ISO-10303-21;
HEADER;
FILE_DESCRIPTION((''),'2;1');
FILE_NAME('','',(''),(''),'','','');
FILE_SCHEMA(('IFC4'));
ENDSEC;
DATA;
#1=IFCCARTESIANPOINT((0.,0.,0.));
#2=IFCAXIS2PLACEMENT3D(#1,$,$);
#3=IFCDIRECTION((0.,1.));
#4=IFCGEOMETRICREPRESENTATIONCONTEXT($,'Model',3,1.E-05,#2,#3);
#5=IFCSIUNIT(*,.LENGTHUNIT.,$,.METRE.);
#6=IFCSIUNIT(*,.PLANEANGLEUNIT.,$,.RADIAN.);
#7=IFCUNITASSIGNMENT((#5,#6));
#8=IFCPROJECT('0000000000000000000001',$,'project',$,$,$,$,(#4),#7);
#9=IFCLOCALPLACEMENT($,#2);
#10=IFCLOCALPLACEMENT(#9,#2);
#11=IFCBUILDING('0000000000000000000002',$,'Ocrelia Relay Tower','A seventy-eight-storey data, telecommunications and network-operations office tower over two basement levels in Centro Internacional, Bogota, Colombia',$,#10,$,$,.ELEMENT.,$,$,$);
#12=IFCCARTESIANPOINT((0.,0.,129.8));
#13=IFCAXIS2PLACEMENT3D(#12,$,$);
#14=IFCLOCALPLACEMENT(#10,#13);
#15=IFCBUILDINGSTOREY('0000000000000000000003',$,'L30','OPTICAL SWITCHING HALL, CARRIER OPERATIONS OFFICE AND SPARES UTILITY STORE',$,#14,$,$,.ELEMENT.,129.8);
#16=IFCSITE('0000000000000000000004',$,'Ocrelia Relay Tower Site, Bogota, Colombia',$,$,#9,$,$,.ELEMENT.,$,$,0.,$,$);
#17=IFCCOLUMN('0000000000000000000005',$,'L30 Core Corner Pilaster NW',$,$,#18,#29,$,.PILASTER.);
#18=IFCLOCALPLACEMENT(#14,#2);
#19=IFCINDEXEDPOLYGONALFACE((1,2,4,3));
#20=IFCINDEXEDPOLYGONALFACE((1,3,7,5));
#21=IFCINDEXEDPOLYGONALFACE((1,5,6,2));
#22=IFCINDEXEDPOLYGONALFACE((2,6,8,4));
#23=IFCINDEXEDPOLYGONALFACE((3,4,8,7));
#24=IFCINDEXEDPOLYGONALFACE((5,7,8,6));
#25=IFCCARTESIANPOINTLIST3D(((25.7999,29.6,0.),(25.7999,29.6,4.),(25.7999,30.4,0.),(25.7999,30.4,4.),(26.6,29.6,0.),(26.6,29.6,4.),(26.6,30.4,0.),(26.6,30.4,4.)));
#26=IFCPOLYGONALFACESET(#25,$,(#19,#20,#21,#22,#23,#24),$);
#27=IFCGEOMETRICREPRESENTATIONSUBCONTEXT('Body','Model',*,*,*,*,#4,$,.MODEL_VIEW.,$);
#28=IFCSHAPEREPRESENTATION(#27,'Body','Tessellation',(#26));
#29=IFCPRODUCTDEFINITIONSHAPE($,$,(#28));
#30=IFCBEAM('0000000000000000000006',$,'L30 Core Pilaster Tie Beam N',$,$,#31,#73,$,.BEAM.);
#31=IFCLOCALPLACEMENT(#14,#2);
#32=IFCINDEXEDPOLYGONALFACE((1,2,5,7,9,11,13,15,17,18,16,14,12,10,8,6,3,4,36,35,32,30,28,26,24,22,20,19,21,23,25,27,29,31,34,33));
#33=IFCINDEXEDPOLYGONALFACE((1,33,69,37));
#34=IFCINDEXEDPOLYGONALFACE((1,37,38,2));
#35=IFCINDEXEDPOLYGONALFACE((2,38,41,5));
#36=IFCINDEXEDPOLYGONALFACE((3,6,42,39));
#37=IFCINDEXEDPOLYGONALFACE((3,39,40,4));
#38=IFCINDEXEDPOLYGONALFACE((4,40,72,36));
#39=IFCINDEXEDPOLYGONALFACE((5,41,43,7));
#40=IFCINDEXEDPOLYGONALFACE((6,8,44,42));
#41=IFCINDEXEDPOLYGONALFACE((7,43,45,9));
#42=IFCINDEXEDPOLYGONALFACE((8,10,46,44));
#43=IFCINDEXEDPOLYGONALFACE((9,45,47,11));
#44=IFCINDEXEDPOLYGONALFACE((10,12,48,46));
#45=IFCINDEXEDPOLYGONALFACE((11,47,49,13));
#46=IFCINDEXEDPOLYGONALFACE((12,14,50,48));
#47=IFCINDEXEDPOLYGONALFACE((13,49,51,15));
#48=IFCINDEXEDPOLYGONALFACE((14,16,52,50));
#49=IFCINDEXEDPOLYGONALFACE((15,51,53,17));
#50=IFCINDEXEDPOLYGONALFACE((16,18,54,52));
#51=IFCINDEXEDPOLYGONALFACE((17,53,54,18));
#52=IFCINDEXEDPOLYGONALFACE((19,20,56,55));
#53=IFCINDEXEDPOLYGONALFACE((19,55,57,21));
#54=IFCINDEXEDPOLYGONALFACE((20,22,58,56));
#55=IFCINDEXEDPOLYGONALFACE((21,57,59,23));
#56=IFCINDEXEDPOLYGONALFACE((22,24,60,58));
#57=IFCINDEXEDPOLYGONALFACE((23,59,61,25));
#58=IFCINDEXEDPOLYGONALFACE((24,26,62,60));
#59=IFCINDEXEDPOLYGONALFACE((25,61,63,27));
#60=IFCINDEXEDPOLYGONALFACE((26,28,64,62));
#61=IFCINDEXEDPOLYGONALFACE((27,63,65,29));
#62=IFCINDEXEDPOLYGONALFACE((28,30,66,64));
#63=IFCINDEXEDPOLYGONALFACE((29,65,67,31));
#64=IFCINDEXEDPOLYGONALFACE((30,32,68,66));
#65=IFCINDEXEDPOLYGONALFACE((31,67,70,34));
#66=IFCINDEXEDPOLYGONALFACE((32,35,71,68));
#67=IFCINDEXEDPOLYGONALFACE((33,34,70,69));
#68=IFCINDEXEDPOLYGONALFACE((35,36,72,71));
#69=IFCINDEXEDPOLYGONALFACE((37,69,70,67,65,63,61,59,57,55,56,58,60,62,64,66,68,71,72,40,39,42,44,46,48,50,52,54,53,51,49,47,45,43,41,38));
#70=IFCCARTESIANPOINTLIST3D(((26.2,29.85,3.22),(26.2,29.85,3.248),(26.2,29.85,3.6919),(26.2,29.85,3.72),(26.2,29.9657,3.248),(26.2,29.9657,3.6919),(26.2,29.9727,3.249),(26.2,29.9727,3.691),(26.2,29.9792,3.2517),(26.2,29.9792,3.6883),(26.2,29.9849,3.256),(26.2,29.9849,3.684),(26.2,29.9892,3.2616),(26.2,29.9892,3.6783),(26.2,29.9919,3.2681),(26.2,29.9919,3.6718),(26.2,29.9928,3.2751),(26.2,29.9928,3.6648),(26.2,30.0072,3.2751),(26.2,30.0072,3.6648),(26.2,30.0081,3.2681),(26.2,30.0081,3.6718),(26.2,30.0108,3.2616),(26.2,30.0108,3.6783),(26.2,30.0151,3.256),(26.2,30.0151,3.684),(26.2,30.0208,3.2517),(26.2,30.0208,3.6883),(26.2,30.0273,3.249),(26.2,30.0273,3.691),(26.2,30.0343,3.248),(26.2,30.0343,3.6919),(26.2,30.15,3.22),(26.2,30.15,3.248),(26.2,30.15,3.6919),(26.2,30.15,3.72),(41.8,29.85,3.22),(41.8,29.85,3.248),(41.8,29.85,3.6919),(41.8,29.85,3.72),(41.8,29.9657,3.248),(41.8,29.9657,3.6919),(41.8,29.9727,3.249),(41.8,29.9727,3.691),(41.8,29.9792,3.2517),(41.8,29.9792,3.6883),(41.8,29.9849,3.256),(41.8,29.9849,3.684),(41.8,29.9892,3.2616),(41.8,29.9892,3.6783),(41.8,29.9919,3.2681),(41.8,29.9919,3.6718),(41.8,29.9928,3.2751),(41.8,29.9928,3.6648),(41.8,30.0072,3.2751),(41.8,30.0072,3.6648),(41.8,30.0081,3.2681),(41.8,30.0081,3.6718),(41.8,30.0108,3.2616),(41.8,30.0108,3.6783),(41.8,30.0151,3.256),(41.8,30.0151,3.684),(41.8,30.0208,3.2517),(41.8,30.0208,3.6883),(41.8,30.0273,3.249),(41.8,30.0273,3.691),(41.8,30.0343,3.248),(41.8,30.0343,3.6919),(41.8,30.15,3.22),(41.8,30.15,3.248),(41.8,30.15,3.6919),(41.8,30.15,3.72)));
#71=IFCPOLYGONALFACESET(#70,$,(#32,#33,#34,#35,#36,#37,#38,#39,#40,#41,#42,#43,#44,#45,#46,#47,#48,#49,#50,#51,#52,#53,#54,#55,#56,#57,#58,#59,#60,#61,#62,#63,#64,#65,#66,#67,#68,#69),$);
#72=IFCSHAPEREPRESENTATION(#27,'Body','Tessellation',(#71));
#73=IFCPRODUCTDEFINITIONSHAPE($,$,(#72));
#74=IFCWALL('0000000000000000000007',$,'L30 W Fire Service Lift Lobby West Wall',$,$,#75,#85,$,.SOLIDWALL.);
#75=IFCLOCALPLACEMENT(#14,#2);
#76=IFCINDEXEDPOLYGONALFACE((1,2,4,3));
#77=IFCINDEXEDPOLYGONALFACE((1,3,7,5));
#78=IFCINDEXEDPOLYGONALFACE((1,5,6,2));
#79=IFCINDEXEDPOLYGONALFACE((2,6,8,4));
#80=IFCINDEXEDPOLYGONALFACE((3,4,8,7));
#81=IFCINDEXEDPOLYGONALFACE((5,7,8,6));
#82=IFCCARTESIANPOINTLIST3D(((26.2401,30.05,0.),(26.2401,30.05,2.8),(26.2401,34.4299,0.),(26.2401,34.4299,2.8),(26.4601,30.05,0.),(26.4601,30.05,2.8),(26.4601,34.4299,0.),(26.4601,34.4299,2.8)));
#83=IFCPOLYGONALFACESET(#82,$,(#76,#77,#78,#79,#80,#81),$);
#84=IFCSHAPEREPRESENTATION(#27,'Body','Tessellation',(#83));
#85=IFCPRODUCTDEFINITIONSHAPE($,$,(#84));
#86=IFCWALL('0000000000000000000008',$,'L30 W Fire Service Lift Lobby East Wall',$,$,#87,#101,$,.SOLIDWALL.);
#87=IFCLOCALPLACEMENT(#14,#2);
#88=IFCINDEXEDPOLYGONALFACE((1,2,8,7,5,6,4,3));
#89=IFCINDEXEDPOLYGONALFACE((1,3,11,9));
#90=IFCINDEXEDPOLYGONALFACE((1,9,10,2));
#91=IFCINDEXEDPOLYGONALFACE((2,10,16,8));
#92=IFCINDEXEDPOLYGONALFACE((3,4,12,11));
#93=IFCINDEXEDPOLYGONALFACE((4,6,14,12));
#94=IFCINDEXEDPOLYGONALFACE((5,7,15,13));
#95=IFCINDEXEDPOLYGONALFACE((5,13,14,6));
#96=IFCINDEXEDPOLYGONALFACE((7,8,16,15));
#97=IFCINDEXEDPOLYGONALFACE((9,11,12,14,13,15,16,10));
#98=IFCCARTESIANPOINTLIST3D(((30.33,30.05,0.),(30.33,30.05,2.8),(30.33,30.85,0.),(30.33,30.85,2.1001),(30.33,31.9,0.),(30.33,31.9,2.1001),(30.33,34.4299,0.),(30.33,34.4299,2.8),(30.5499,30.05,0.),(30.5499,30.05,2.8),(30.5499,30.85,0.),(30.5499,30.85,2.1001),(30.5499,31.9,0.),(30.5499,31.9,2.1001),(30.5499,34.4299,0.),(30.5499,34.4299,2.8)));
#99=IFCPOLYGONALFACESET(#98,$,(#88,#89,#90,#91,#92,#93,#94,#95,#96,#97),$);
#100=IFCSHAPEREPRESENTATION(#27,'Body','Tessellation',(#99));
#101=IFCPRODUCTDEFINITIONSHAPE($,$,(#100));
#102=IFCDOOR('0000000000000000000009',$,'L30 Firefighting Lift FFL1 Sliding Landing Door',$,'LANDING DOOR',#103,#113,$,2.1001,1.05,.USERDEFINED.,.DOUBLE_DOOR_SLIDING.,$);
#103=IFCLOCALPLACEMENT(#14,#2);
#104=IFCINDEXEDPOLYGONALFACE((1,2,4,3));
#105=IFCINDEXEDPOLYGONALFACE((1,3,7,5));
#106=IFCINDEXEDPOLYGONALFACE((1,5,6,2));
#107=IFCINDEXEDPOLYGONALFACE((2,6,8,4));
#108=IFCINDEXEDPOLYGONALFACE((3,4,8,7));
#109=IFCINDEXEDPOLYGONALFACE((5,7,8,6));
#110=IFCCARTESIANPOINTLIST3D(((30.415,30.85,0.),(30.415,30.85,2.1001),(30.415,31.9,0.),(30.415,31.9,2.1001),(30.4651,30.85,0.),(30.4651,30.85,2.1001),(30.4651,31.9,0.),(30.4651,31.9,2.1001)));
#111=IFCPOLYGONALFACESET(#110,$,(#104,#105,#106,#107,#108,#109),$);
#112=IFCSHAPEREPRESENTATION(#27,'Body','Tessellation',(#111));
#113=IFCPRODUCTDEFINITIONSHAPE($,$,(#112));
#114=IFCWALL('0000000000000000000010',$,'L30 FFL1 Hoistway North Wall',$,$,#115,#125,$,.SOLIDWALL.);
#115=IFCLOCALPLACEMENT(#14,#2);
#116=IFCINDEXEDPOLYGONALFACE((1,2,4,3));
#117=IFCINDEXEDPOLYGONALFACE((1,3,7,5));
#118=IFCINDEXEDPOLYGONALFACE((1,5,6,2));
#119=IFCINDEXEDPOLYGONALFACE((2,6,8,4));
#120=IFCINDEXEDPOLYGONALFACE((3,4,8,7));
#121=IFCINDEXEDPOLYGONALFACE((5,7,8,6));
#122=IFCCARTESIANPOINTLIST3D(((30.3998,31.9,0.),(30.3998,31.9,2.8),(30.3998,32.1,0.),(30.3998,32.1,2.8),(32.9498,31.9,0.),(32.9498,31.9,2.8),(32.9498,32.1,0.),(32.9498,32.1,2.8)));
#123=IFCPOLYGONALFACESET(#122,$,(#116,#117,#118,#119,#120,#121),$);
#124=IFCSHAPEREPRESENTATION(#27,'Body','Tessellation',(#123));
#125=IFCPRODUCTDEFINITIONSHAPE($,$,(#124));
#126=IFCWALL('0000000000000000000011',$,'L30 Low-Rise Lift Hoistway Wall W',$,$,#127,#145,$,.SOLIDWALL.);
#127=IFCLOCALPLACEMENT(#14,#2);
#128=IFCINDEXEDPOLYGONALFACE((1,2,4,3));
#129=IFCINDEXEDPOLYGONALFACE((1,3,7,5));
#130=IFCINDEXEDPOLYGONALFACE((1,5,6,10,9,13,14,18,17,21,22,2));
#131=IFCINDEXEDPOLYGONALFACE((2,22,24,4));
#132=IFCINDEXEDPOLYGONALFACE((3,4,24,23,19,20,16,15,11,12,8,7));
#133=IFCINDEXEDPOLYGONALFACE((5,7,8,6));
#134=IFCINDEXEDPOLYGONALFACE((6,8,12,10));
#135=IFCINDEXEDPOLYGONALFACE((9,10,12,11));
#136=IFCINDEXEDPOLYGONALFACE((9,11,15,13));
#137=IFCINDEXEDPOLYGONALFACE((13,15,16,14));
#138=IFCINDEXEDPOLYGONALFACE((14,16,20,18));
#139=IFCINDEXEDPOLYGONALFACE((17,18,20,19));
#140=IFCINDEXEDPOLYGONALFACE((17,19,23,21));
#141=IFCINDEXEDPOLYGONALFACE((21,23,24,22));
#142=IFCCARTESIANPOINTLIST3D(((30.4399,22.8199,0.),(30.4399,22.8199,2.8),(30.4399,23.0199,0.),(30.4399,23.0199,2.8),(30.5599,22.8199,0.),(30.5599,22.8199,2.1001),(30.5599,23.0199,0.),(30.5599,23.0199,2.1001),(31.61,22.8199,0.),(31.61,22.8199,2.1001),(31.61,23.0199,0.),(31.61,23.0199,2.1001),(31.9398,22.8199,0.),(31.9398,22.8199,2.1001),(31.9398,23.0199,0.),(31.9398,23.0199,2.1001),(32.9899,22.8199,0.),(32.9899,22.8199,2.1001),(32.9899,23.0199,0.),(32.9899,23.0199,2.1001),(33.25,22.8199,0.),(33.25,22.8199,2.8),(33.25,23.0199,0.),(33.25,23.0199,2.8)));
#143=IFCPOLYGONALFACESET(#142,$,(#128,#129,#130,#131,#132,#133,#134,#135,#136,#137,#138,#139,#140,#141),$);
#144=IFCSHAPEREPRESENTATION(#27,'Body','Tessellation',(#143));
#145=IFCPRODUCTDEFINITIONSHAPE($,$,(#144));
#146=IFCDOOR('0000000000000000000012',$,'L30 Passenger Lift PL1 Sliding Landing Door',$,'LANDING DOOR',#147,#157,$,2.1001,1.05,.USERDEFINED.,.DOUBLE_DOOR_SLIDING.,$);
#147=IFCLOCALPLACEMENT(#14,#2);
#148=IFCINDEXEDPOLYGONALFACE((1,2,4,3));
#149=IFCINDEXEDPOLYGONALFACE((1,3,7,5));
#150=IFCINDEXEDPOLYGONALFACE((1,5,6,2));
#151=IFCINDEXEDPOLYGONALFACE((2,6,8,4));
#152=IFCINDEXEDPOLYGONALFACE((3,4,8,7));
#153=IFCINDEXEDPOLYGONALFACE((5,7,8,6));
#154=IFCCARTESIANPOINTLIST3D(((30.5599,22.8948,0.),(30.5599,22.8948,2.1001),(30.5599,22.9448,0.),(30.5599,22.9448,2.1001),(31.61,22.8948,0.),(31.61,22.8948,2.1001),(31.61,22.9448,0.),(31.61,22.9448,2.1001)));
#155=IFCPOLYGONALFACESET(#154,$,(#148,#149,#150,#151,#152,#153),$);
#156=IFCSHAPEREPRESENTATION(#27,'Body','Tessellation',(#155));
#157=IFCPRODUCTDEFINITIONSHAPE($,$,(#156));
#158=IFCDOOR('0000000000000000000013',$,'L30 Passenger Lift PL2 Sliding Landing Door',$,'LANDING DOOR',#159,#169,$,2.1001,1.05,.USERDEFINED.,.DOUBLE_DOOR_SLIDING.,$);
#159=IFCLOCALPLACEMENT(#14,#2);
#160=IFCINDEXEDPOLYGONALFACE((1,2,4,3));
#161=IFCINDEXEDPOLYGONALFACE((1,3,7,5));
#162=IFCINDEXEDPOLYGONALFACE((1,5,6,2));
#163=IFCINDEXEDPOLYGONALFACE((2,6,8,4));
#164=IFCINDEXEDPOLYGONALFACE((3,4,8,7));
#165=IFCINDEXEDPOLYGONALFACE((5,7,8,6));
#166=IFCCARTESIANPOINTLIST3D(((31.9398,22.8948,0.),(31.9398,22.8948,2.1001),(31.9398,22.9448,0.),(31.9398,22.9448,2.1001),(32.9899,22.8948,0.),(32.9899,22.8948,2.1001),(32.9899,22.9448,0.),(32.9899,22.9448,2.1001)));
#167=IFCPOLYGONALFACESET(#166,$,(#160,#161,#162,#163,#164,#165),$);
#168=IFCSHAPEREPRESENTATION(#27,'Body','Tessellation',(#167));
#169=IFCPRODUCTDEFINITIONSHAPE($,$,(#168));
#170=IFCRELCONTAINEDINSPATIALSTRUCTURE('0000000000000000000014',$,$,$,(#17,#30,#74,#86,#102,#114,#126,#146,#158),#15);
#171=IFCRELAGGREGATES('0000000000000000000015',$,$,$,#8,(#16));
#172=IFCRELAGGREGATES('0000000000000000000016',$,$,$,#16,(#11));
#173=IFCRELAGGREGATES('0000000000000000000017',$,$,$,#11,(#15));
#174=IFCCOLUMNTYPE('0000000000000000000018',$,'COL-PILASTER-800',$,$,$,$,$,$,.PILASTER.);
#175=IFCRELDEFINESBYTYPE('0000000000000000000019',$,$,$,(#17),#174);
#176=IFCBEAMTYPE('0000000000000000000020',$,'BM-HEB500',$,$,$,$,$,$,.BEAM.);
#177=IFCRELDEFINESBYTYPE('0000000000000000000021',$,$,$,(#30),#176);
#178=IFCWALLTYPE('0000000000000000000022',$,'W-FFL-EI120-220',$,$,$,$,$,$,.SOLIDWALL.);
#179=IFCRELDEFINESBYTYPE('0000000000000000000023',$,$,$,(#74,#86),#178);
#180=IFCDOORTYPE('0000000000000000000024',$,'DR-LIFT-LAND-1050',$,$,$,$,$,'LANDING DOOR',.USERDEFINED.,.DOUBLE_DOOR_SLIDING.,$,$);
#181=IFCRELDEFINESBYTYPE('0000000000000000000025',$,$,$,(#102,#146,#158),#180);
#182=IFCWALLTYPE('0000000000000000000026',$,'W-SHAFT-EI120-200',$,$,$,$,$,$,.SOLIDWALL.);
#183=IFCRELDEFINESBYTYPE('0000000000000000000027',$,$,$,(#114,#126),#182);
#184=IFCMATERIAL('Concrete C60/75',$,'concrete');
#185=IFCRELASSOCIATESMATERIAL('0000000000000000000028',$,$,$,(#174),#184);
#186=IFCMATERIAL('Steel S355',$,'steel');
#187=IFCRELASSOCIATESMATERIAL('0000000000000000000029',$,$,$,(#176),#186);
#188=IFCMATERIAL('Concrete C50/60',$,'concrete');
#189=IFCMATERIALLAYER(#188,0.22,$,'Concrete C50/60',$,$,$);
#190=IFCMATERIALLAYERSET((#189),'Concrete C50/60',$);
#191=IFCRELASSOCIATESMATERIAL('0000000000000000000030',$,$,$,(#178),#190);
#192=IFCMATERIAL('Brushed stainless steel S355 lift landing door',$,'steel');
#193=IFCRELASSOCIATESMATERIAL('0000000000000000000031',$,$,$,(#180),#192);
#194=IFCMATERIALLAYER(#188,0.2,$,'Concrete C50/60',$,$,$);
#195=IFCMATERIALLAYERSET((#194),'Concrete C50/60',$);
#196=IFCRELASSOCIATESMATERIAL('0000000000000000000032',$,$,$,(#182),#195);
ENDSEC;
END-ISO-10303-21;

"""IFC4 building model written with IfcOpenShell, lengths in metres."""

from ifc_helpers import new_model, si_unit, direction, frame, frame_2d, origin, origin_2d, place, context, subcontext, project, spatial, rectangle, i_section, extrude, material, layer, layer_set, material_profile, profile_set, type_object, element, fill, save


model = new_model("IFC4")

# Units and contexts
model_context = context("Model", 3, precision=1e-05, world=origin(), true_north=direction((0.0, 1.0)))
body_context = subcontext(model_context, "Body", "Model", "MODEL_VIEW")
ifc_project = project(units=[si_unit("LENGTHUNIT", "METRE"), si_unit("PLANEANGLEUNIT", "RADIAN")], contexts=[model_context])

# Site, building, storey
site_placement = place(None, origin())
site = spatial("IfcSite", under=ifc_project, at=site_placement, Name="Ocrelia Relay Tower Site, Bogota, Colombia", CompositionType="ELEMENT", RefElevation=0.0)
building_placement = place(site_placement, origin())
building = spatial("IfcBuilding", under=site, at=building_placement, Name="Ocrelia Relay Tower", Description="A seventy-eight-storey data, telecommunications and network-operations office tower over two basement levels in Centro Internacional, Bogota, Colombia", CompositionType="ELEMENT")
storey_placement = place(building_placement, frame((0.0, 0.0, 129.8)))
storey = spatial("IfcBuildingStorey", under=building, at=storey_placement, Name="L30", Description="OPTICAL SWITCHING HALL, CARRIER OPERATIONS OFFICE AND SPARES UTILITY STORE", CompositionType="ELEMENT", Elevation=129.8)

# Column
ifc_material_1 = material(Name="Concrete C60/75", Category="concrete")
ifc_material_profile_1 = material_profile(ifc_material_1, rectangle(XDim=0.8, YDim=0.8, at=origin_2d()), Name="RC-COL-800x800")
ifc_profile_set_1 = profile_set([ifc_material_profile_1], Name="Concrete C60/75")
column_type = type_object("IfcColumnType", Name="COL-PILASTER-800", PredefinedType="PILASTER", material=ifc_profile_set_1)
column_placement = place(storey_placement, frame((26.2, 30.0, 0.0), z_axis=(0.0, 0.0, 1.0), x_axis=(1.0, 0.0, 0.0)))
element("IfcColumn", 1, at=column_placement, inside=storey, type_object=column_type, Name="L30 Core Corner Pilaster NW", PredefinedType="PILASTER", context=body_context, shape_type="SweptSolid", body=[
    extrude(rectangle(XDim=0.8, YDim=0.8, at=origin_2d()), origin(), (0.0, 0.0, 1.0), 4.0),
])

# Beam
ifc_material_2 = material(Name="Steel S355", Category="steel")
ifc_material_profile_2 = material_profile(ifc_material_2, i_section(OverallWidth=0.3, OverallDepth=0.5, WebThickness=0.0144, FlangeThickness=0.0281, FilletRadius=0.0271, at=origin_2d()), Name="HEB 500")
ifc_profile_set_2 = profile_set([ifc_material_profile_2], Name="Steel S355")
beam_type = type_object("IfcBeamType", Name="BM-HEB500", PredefinedType="BEAM", material=ifc_profile_set_2)
beam_placement = place(storey_placement, frame((26.2, 30.0, 3.47), z_axis=(1.0, 0.0, 0.0), x_axis=(0.0, 1.0, 0.0)))
element("IfcBeam", 2, at=beam_placement, inside=storey, type_object=beam_type, Name="L30 Core Pilaster Tie Beam N", PredefinedType="BEAM", context=body_context, shape_type="SweptSolid", body=[
    extrude(i_section(OverallWidth=0.3, OverallDepth=0.5, WebThickness=0.0144, FlangeThickness=0.0281, FilletRadius=0.0271, at=origin_2d()), origin(), (0.0, 0.0, 1.0), 15.6001),
])

# Wall
ifc_material_3 = material(Name="Concrete C50/60", Category="concrete")
ifc_layer_1 = layer(ifc_material_3, 0.22, Name="Concrete C50/60")
ifc_layer_set_1 = layer_set([ifc_layer_1], Name="Concrete C50/60")
wall_type_1 = type_object("IfcWallType", Name="W-FFL-EI120-220", PredefinedType="SOLIDWALL", material=ifc_layer_set_1)
wall_1_placement = place(storey_placement, frame((26.3501, 30.05, 0.0), z_axis=(0.0, 0.0, 1.0), x_axis=(0.0, 1.0, 0.0)))
element("IfcWall", 3, at=wall_1_placement, inside=storey, type_object=wall_type_1, Name="L30 W Fire Service Lift Lobby West Wall", PredefinedType="SOLIDWALL", context=body_context, shape_type="SweptSolid", body=[
    extrude(rectangle(XDim=4.3799, YDim=0.22, at=frame_2d((2.1899, 0.0))), origin(), (0.0, 0.0, 1.0), 2.8),
])

# Wall, opening, door
wall_2_placement = place(storey_placement, frame((30.4399, 30.05, 0.0), z_axis=(0.0, 0.0, 1.0), x_axis=(0.0, 1.0, 0.0)))
wall_2 = element("IfcWall", 4, at=wall_2_placement, inside=storey, type_object=wall_type_1, Name="L30 W Fire Service Lift Lobby East Wall", PredefinedType="SOLIDWALL", context=body_context, shape_type="SweptSolid", body=[
    extrude(rectangle(XDim=4.3799, YDim=0.22, at=frame_2d((2.1899, 0.0))), origin(), (0.0, 0.0, 1.0), 2.8),
])
opening_1_placement = place(wall_2_placement, frame((0.8, 0.0, 0.0)))
opening_1 = element("IfcOpeningElement", 5, at=opening_1_placement, cuts=wall_2, PredefinedType="OPENING", context=body_context, shape_type="SweptSolid", body=[
    extrude(rectangle(XDim=1.05, YDim=2.1001, at=frame_2d((0.5249, 1.05))), frame((0.0, 0.1201, 0.0), z_axis=(0.0, -1.0, 0.0), x_axis=(1.0, 0.0, 0.0)), (0.0, 0.0, 1.0), 0.24),
])
ifc_material_4 = material(Name="Brushed stainless steel S355 lift landing door", Category="steel")
door_type_1 = type_object("IfcDoorType", Name="DR-LIFT-LAND-1050", ElementType="LANDING DOOR", OperationType="DOUBLE_DOOR_SLIDING", PredefinedType="USERDEFINED", material=ifc_material_4)
door_1_placement = place(opening_1_placement, origin())
door_1 = element("IfcDoor", 6, at=door_1_placement, inside=storey, type_object=door_type_1, Name="L30 Firefighting Lift FFL1 Sliding Landing Door", ObjectType="LANDING DOOR", OperationType="DOUBLE_DOOR_SLIDING", OverallHeight=2.1001, OverallWidth=1.05, PredefinedType="USERDEFINED", context=body_context, shape_type="SweptSolid", body=[
    extrude(rectangle(XDim=1.05, YDim=2.1001, at=frame_2d((0.5249, 1.05))), frame((0.0, 0.0249, 0.0), z_axis=(0.0, -1.0, 0.0), x_axis=(1.0, 0.0, 0.0)), (0.0, 0.0, 1.0), 0.05),
])
fill(opening_1, door_1)

# Wall
ifc_layer_2 = layer(ifc_material_3, 0.2, Name="Concrete C50/60")
ifc_layer_set_2 = layer_set([ifc_layer_2], Name="Concrete C50/60")
wall_type_2 = type_object("IfcWallType", Name="W-SHAFT-EI120-200", PredefinedType="SOLIDWALL", material=ifc_layer_set_2)
wall_3_placement = place(storey_placement, frame((30.3999, 32.0, 0.0), z_axis=(0.0, 0.0, 1.0), x_axis=(1.0, 0.0, 0.0)))
element("IfcWall", 7, at=wall_3_placement, inside=storey, type_object=wall_type_2, Name="L30 FFL1 Hoistway North Wall", PredefinedType="SOLIDWALL", context=body_context, shape_type="SweptSolid", body=[
    extrude(rectangle(XDim=2.55, YDim=0.2, at=frame_2d((1.2749, 0.0))), origin(), (0.0, 0.0, 1.0), 2.8),
])

# Wall, openings, doors
wall_4_placement = place(storey_placement, frame((30.4399, 22.9199, 0.0), z_axis=(0.0, 0.0, 1.0), x_axis=(1.0, 0.0, 0.0)))
wall_4 = element("IfcWall", 8, at=wall_4_placement, inside=storey, type_object=wall_type_2, Name="L30 Low-Rise Lift Hoistway Wall W", PredefinedType="SOLIDWALL", context=body_context, shape_type="SweptSolid", body=[
    extrude(rectangle(XDim=2.8101, YDim=0.2, at=frame_2d((1.405, 0.0))), origin(), (0.0, 0.0, 1.0), 2.8),
])
opening_2_placement = place(wall_4_placement, frame((0.1201, 0.0, 0.0)))
opening_2 = element("IfcOpeningElement", 9, at=opening_2_placement, cuts=wall_4, PredefinedType="OPENING", context=body_context, shape_type="SweptSolid", body=[
    extrude(rectangle(XDim=1.05, YDim=2.1001, at=frame_2d((0.5249, 1.05))), frame((0.0, 0.1099, 0.0), z_axis=(0.0, -1.0, 0.0), x_axis=(1.0, 0.0, 0.0)), (0.0, 0.0, 1.0), 0.22),
])
opening_3_placement = place(wall_4_placement, frame((1.5, 0.0, 0.0)))
opening_3 = element("IfcOpeningElement", 10, at=opening_3_placement, cuts=wall_4, PredefinedType="OPENING", context=body_context, shape_type="SweptSolid", body=[
    extrude(rectangle(XDim=1.05, YDim=2.1001, at=frame_2d((0.5249, 1.05))), frame((0.0, 0.1099, 0.0), z_axis=(0.0, -1.0, 0.0), x_axis=(1.0, 0.0, 0.0)), (0.0, 0.0, 1.0), 0.22),
])
door_2_placement = place(opening_2_placement, origin())
door_2 = element("IfcDoor", 11, at=door_2_placement, inside=storey, type_object=door_type_1, Name="L30 Passenger Lift PL1 Sliding Landing Door", ObjectType="LANDING DOOR", OperationType="DOUBLE_DOOR_SLIDING", OverallHeight=2.1001, OverallWidth=1.05, PredefinedType="USERDEFINED", context=body_context, shape_type="SweptSolid", body=[
    extrude(rectangle(XDim=1.05, YDim=2.1001, at=frame_2d((0.5249, 1.05))), frame((0.0, 0.0249, 0.0), z_axis=(0.0, -1.0, 0.0), x_axis=(1.0, 0.0, 0.0)), (0.0, 0.0, 1.0), 0.05),
])
fill(opening_2, door_2)
door_3_placement = place(opening_3_placement, origin())
door_3 = element("IfcDoor", 12, at=door_3_placement, inside=storey, type_object=door_type_1, Name="L30 Passenger Lift PL2 Sliding Landing Door", ObjectType="LANDING DOOR", OperationType="DOUBLE_DOOR_SLIDING", OverallHeight=2.1001, OverallWidth=1.05, PredefinedType="USERDEFINED", context=body_context, shape_type="SweptSolid", body=[
    extrude(rectangle(XDim=1.05, YDim=2.1001, at=frame_2d((0.5249, 1.05))), frame((0.0, 0.0249, 0.0), z_axis=(0.0, -1.0, 0.0), x_axis=(1.0, 0.0, 0.0)), (0.0, 0.0, 1.0), 0.05),
])
fill(opening_3, door_3)

save(model, "model.ifc")
